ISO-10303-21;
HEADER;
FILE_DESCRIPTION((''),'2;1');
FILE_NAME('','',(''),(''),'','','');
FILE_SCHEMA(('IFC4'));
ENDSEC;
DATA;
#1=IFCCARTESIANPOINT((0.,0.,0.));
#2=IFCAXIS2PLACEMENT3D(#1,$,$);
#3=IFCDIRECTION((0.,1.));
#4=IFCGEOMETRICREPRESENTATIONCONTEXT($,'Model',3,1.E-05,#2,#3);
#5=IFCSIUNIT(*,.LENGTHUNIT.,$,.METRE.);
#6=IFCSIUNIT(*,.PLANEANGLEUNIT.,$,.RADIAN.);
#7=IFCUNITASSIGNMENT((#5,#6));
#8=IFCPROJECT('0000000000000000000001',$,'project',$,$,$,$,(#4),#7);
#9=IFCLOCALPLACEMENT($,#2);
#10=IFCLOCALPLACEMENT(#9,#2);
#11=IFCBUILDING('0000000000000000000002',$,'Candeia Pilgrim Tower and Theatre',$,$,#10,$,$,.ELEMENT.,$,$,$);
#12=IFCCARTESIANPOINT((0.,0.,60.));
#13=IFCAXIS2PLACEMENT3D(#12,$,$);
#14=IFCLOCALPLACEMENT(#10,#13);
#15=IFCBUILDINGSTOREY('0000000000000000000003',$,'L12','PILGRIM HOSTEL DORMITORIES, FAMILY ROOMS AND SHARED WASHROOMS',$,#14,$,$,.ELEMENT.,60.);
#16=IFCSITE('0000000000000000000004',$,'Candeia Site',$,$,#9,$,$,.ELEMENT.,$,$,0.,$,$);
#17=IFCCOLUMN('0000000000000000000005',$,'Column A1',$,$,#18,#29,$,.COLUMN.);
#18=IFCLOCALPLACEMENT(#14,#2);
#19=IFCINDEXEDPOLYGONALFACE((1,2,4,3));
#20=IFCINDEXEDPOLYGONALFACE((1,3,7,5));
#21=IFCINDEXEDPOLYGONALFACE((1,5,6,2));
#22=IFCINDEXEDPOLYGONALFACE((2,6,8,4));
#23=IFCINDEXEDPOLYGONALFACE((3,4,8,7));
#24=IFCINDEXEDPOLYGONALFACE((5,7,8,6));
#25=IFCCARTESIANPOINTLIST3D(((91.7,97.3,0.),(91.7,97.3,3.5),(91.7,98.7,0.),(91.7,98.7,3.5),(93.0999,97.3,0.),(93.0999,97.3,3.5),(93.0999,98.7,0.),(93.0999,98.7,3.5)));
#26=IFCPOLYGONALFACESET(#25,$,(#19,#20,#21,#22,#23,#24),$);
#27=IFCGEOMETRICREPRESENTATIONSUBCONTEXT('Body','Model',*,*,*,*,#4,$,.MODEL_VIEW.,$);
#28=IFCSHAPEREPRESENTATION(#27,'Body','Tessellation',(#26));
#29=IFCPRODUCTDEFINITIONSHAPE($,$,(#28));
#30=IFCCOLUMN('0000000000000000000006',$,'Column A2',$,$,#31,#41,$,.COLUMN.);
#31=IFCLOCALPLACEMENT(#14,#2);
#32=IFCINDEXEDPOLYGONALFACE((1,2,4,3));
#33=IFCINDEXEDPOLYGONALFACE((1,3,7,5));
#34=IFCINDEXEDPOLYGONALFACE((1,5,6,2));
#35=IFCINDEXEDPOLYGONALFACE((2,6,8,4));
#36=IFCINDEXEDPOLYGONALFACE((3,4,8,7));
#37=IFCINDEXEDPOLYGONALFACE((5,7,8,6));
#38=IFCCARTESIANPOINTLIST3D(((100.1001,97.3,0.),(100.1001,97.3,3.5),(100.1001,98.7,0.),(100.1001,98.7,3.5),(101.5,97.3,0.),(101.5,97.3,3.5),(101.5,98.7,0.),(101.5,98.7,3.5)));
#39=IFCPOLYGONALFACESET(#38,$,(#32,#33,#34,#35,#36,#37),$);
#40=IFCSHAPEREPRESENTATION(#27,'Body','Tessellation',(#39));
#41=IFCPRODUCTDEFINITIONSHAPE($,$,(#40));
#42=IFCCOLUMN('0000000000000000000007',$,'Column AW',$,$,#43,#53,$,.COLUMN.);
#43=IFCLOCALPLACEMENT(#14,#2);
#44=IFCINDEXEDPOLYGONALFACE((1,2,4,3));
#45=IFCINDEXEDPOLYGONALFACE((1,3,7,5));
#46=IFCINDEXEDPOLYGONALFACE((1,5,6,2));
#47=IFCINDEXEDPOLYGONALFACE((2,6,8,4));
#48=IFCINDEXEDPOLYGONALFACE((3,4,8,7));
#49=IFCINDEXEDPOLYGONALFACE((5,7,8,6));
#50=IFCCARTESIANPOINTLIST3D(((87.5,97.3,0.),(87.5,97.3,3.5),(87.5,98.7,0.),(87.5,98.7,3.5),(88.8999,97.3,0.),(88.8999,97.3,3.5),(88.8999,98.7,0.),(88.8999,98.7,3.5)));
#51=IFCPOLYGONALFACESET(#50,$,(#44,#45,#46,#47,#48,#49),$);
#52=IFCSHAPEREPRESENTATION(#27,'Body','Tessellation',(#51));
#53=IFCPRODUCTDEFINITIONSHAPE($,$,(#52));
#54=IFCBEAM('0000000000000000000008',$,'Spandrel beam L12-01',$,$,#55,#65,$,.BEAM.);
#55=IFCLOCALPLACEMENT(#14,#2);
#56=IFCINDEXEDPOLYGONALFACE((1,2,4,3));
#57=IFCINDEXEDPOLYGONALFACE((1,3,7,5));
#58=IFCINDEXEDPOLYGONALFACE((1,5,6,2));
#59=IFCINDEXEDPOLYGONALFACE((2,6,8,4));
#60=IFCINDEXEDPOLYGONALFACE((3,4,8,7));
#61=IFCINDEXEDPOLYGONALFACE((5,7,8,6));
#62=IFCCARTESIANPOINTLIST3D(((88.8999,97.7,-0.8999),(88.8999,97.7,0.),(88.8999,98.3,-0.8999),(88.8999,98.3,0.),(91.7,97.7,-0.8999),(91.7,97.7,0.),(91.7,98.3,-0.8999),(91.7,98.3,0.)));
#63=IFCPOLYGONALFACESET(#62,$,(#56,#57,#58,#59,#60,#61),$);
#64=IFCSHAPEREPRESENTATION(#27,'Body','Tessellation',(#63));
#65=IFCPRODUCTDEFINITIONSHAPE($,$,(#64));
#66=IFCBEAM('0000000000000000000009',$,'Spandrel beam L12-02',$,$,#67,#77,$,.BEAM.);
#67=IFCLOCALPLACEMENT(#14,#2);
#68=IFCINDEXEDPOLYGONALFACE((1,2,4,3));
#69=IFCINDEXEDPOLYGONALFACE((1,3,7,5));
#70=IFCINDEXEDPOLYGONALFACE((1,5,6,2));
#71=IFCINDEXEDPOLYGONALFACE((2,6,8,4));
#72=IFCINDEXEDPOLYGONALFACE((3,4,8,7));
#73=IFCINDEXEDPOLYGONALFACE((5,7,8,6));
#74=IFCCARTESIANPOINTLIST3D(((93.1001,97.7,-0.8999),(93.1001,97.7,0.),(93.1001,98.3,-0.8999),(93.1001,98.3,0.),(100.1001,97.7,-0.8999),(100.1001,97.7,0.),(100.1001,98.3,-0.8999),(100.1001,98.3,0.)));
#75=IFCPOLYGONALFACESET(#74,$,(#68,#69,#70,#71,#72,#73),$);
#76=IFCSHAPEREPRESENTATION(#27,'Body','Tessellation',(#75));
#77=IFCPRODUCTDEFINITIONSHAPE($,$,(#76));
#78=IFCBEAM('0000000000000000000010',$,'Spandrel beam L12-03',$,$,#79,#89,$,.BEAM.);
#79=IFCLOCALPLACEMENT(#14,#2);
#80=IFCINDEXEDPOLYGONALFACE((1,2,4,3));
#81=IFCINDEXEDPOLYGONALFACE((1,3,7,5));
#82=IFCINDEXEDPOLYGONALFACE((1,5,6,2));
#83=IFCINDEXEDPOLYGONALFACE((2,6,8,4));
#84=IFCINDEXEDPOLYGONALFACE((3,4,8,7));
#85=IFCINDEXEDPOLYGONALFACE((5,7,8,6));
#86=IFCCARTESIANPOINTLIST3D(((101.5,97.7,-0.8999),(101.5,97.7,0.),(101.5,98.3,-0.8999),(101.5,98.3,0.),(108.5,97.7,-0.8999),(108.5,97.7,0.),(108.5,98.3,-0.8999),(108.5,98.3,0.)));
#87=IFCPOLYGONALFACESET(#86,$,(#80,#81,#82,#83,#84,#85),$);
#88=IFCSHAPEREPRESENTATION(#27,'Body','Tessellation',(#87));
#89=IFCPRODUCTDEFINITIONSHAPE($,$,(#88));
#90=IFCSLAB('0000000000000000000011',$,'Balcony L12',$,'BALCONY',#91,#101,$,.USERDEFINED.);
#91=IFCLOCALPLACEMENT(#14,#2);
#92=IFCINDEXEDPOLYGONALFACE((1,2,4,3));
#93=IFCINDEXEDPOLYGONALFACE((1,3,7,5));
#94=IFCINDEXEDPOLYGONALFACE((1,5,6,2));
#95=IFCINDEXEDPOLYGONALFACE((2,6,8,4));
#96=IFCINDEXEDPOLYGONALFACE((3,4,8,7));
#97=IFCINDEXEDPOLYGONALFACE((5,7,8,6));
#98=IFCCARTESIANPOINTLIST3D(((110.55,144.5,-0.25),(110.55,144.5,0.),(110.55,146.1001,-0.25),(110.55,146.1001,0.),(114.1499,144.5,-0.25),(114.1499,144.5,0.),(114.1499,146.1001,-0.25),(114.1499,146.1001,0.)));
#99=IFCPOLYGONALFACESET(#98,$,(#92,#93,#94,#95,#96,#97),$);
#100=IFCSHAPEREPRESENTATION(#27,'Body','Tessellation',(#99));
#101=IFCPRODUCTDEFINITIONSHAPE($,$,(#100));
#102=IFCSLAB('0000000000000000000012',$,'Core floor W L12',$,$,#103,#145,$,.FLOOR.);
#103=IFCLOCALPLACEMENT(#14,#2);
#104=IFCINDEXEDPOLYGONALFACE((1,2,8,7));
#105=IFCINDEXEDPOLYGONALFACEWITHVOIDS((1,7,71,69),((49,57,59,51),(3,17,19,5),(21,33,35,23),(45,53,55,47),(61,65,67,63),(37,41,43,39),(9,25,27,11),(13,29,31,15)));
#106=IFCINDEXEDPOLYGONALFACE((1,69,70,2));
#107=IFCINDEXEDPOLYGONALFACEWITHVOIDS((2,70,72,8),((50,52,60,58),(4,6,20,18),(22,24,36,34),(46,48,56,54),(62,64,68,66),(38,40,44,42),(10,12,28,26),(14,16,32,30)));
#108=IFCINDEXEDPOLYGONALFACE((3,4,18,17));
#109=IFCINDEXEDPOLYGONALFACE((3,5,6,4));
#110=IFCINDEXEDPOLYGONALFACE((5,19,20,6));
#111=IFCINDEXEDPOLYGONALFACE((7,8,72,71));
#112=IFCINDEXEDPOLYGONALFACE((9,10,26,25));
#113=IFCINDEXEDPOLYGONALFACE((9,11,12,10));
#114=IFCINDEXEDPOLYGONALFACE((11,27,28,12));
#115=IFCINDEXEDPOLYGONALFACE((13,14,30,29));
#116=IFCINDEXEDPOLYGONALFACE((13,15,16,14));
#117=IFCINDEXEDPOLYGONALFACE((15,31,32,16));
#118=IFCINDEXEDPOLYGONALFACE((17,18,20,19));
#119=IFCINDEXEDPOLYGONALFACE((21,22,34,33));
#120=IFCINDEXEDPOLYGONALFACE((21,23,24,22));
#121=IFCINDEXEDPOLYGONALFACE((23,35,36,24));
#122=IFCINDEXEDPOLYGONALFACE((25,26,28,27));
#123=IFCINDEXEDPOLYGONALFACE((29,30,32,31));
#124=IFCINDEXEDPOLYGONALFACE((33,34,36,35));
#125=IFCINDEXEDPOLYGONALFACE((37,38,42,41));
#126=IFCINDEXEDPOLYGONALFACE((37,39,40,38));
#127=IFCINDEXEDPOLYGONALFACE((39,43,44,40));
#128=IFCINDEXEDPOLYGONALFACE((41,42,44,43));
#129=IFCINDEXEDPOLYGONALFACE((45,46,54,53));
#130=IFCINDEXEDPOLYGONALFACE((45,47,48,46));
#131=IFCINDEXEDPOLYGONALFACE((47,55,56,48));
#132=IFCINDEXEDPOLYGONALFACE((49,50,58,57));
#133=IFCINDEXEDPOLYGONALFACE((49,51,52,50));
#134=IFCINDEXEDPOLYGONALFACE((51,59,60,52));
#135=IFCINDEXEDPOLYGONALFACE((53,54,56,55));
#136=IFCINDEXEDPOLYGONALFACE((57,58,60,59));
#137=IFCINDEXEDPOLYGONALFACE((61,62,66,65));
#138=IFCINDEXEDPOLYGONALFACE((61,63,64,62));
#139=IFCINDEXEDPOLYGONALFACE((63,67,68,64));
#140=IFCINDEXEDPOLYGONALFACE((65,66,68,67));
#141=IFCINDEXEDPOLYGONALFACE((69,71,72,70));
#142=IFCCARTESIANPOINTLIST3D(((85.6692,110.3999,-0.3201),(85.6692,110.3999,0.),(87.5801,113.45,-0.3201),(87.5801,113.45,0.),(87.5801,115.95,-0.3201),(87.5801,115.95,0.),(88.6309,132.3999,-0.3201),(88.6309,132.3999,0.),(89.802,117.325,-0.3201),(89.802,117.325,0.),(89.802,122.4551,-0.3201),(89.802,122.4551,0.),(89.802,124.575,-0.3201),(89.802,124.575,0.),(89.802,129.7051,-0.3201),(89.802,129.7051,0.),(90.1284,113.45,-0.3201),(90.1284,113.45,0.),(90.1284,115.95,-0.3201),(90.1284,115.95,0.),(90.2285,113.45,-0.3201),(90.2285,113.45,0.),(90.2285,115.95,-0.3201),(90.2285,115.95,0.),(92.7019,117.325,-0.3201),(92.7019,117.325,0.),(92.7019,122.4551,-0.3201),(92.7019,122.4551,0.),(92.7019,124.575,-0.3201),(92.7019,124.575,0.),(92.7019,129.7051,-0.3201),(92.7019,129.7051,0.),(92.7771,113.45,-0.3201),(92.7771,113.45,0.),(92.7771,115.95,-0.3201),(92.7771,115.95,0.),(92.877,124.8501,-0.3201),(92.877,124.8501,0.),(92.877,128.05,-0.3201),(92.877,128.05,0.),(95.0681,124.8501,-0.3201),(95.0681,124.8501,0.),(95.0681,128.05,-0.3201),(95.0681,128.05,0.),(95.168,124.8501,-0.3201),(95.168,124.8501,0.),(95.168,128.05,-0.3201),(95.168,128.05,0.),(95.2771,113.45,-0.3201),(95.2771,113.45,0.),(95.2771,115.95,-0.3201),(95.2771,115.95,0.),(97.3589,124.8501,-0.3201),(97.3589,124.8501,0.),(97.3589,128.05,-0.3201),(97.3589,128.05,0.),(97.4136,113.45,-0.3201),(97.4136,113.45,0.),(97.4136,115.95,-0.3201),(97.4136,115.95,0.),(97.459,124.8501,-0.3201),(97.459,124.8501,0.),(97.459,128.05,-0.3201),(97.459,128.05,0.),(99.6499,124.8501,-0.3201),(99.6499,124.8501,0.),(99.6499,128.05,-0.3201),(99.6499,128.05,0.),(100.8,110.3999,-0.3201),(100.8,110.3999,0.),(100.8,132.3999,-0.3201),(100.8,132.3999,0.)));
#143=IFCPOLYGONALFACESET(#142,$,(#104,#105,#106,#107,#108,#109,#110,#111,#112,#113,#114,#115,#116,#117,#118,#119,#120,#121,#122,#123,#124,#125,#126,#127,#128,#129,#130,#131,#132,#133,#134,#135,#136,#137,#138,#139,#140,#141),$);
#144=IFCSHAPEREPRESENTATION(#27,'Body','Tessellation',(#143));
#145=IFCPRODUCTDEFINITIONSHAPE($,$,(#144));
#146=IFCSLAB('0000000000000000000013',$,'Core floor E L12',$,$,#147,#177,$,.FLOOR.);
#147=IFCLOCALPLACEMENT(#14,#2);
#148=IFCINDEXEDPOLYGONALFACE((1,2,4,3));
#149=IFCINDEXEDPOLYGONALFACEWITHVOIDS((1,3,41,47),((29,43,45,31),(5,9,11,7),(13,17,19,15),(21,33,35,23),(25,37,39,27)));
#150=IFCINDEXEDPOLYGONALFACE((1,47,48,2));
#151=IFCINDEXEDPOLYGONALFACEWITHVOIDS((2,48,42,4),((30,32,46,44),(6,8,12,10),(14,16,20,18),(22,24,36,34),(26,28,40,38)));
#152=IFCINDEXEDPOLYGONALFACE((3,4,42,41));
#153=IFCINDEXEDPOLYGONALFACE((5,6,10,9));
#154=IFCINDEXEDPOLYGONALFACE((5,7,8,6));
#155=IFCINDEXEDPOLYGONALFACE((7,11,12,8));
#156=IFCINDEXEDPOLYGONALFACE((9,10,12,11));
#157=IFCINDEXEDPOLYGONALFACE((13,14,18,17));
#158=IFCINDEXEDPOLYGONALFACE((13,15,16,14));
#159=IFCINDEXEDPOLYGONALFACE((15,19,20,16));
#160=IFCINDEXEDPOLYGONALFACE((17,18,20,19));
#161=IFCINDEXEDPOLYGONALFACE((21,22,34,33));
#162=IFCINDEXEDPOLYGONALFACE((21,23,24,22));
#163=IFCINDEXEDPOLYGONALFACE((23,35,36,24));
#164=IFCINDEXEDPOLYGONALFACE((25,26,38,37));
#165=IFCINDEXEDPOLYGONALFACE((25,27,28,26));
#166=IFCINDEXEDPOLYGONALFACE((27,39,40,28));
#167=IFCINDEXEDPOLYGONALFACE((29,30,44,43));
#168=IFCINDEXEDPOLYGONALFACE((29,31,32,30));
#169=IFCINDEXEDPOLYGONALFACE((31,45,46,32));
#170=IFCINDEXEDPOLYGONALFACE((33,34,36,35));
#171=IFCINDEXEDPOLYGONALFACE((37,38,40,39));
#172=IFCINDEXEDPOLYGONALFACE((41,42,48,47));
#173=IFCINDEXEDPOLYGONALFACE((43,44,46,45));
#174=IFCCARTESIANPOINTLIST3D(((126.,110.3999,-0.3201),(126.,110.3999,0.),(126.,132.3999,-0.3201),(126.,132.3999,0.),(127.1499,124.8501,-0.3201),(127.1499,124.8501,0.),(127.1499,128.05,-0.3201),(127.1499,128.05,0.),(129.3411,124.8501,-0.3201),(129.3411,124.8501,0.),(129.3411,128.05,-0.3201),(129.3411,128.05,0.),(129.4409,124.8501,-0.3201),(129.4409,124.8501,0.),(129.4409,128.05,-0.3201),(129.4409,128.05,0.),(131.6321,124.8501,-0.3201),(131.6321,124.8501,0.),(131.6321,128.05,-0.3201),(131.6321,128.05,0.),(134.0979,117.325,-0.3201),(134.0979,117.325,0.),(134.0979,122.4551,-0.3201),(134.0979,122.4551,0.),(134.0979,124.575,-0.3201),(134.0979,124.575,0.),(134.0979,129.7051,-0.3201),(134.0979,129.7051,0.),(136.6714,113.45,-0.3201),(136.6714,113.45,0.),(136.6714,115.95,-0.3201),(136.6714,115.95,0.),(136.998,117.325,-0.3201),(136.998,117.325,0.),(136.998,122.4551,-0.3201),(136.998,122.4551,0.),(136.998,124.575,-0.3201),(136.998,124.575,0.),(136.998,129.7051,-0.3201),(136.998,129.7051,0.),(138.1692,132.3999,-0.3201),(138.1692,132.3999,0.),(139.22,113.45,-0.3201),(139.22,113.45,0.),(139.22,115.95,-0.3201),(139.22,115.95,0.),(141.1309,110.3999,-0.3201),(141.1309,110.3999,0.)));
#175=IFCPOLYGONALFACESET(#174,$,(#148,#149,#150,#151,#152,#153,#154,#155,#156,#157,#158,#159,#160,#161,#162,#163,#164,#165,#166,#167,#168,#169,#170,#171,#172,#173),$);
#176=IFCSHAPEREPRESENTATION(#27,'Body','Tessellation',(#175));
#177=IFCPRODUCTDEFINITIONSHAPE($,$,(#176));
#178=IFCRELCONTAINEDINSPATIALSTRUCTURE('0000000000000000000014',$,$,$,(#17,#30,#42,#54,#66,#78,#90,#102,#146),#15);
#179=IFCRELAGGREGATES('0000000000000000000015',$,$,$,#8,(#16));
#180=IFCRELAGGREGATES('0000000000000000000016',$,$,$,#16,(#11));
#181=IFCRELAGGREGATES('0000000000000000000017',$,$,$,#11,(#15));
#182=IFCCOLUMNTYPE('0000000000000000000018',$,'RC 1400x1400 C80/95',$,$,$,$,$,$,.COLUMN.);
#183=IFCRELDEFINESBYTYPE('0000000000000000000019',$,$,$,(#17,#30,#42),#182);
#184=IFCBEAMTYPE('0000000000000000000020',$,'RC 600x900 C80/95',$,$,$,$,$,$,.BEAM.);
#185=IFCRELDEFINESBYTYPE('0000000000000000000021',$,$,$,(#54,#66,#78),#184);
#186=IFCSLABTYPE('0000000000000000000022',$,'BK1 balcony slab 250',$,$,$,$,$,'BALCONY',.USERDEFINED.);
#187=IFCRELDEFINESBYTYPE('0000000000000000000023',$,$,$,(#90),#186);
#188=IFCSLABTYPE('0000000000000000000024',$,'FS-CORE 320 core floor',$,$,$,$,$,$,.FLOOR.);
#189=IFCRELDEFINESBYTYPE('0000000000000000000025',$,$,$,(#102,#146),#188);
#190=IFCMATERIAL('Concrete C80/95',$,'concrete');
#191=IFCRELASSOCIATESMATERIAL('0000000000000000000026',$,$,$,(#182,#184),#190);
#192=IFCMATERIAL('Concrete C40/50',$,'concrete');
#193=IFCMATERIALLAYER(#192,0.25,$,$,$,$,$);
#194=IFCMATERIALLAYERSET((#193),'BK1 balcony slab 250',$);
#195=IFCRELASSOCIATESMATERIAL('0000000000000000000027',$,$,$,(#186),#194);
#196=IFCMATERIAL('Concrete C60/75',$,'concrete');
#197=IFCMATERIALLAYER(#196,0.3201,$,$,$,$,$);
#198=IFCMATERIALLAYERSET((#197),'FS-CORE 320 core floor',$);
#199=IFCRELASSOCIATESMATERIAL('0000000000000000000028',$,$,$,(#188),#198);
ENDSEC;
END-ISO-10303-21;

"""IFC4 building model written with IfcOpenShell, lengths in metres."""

from ifc_helpers import new_model, si_unit, direction, frame, origin, origin_2d, place, context, subcontext, project, spatial, polyline, rectangle, outline, extrude, material, layer, layer_set, material_profile, profile_set, type_object, element, save


model = new_model("IFC4")

# Units and contexts
model_context = context("Model", 3, precision=1e-05, world=origin(), true_north=direction((0.0, 1.0)))
body_context = subcontext(model_context, "Body", "Model", "MODEL_VIEW")
ifc_project = project(units=[si_unit("LENGTHUNIT", "METRE"), si_unit("PLANEANGLEUNIT", "RADIAN")], contexts=[model_context])

# Site, building, storey
site_placement = place(None, origin())
site = spatial("IfcSite", under=ifc_project, at=site_placement, Name="Candeia Site", CompositionType="ELEMENT", RefElevation=0.0)
building_placement = place(site_placement, origin())
building = spatial("IfcBuilding", under=site, at=building_placement, Name="Candeia Pilgrim Tower and Theatre", CompositionType="ELEMENT")
storey_placement = place(building_placement, frame((0.0, 0.0, 60.0)))
storey = spatial("IfcBuildingStorey", under=building, at=storey_placement, Name="L12", Description="PILGRIM HOSTEL DORMITORIES, FAMILY ROOMS AND SHARED WASHROOMS", CompositionType="ELEMENT", Elevation=60.0)

# Columns
ifc_material_1 = material(Name="Concrete C80/95", Category="concrete")
ifc_material_profile_1 = material_profile(ifc_material_1, rectangle(XDim=1.3999, YDim=1.3999, at=origin_2d()))
ifc_profile_set_1 = profile_set([ifc_material_profile_1], Name="Concrete C80/95")
column_type = type_object("IfcColumnType", Name="RC 1400x1400 C80/95", PredefinedType="COLUMN", material=ifc_profile_set_1)
for number, where, z_axis, x_axis, name in (
    (1, (92.3999, 98.0, 0.0), (0.0, 0.0, 1.0), (1.0, 0.0, 0.0), "Column A1"),
    (2, (100.8, 98.0, 0.0), (0.0, 0.0, 1.0), (1.0, 0.0, 0.0), "Column A2"),
    (3, (88.2, 98.0, 0.0), (0.0, 0.0, 1.0), (1.0, 0.0, 0.0), "Column AW"),
):
    element("IfcColumn", number, at=place(storey_placement, frame(where, z_axis=z_axis, x_axis=x_axis)), inside=storey, type_object=column_type, Name=name, PredefinedType="COLUMN", context=body_context, shape_type="SweptSolid", body=[
        extrude(rectangle(XDim=1.3999, YDim=1.3999, at=origin_2d()), origin(), (0.0, 0.0, 1.0), 3.5),
    ])

# Beams
ifc_material_profile_2 = material_profile(ifc_material_1, rectangle(XDim=0.6001, YDim=0.8999, at=origin_2d()))
ifc_profile_set_2 = profile_set([ifc_material_profile_2], Name="Concrete C80/95")
beam_type = type_object("IfcBeamType", Name="RC 600x900 C80/95", PredefinedType="BEAM", material=ifc_profile_set_2)
beam_placement = place(storey_placement, frame((88.8999, 98.0, -0.45), z_axis=(1.0, 0.0, 0.0), x_axis=(0.0, 1.0, 0.0)))
element("IfcBeam", 4, at=beam_placement, inside=storey, type_object=beam_type, Name="Spandrel beam L12-01", PredefinedType="BEAM", context=body_context, shape_type="SweptSolid", body=[
    extrude(rectangle(XDim=0.6001, YDim=0.8999, at=origin_2d()), origin(), (0.0, 0.0, 1.0), 2.8),
])
for number, where, z_axis, x_axis, name in (
    (5, (93.1001, 98.0, -0.45), (1.0, 0.0, 0.0), (0.0, 1.0, 0.0), "Spandrel beam L12-02"),
    (6, (101.5, 98.0, -0.45), (1.0, 0.0, 0.0), (0.0, 1.0, 0.0), "Spandrel beam L12-03"),
):
    element("IfcBeam", number, at=place(storey_placement, frame(where, z_axis=z_axis, x_axis=x_axis)), inside=storey, type_object=beam_type, Name=name, PredefinedType="BEAM", context=body_context, shape_type="SweptSolid", body=[
        extrude(rectangle(XDim=0.6001, YDim=0.8999, at=origin_2d()), origin(), (0.0, 0.0, 1.0), 7.0),
    ])

# Slabs
ifc_material_2 = material(Name="Concrete C40/50", Category="concrete")
ifc_layer_1 = layer(ifc_material_2, 0.25)
ifc_layer_set_1 = layer_set([ifc_layer_1], Name="BK1 balcony slab 250")
slab_type_1 = type_object("IfcSlabType", Name="BK1 balcony slab 250", ElementType="BALCONY", PredefinedType="USERDEFINED", material=ifc_layer_set_1)
slab_1_placement = place(storey_placement, frame((0.0, 0.0, -0.25)))
element("IfcSlab", 7, at=slab_1_placement, inside=storey, type_object=slab_type_1, Name="Balcony L12", ObjectType="BALCONY", PredefinedType="USERDEFINED", context=body_context, shape_type="SweptSolid", body=[
    extrude(outline(polyline([(110.55, 144.5), (114.1499, 144.5), (114.1499, 146.1001), (110.55, 146.1001), (110.55, 144.5)])), origin(), (0.0, 0.0, 1.0), 0.25),
])
ifc_material_3 = material(Name="Concrete C60/75", Category="concrete")
ifc_layer_2 = layer(ifc_material_3, 0.3201)
ifc_layer_set_2 = layer_set([ifc_layer_2], Name="FS-CORE 320 core floor")
slab_type_2 = type_object("IfcSlabType", Name="FS-CORE 320 core floor", PredefinedType="FLOOR", material=ifc_layer_set_2)
slab_2_placement = place(storey_placement, frame((0.0, 0.0, -0.3201)))
element("IfcSlab", 8, at=slab_2_placement, inside=storey, type_object=slab_type_2, Name="Core floor W L12", PredefinedType="FLOOR", context=body_context, shape_type="SweptSolid", body=[
    extrude(outline(polyline([(100.8, 132.3999), (100.8, 110.3999), (85.6692, 110.3999), (88.6309, 132.3999), (100.8, 132.3999)]), holes=[polyline([(97.459, 128.05), (97.459, 124.8501), (99.6499, 124.8501), (99.6499, 128.05), (97.459, 128.05)]), polyline([(95.2771, 115.95), (95.2771, 113.45), (97.4136, 113.45), (97.4136, 115.95), (95.2771, 115.95)]), polyline([(95.168, 128.05), (95.168, 124.8501), (97.3589, 124.8501), (97.3589, 128.05), (95.168, 128.05)]), polyline([(92.877, 128.05), (92.877, 124.8501), (95.0681, 124.8501), (95.0681, 128.05), (92.877, 128.05)]), polyline([(90.2285, 115.95), (90.2285, 113.45), (92.7771, 113.45), (92.7771, 115.95), (90.2285, 115.95)]), polyline([(89.802, 122.4551), (89.802, 117.325), (92.7019, 117.325), (92.7019, 122.4551), (89.802, 122.4551)]), polyline([(89.802, 129.7051), (89.802, 124.575), (92.7019, 124.575), (92.7019, 129.7051), (89.802, 129.7051)]), polyline([(87.5801, 115.95), (87.5801, 113.45), (90.1284, 113.45), (90.1284, 115.95), (87.5801, 115.95)])]), origin(), (0.0, 0.0, 1.0), 0.3201),
])
slab_3_placement = place(storey_placement, frame((0.0, 0.0, -0.3201)))
element("IfcSlab", 9, at=slab_3_placement, inside=storey, type_object=slab_type_2, Name="Core floor E L12", PredefinedType="FLOOR", context=body_context, shape_type="SweptSolid", body=[
    extrude(outline(polyline([(138.1692, 132.3999), (141.1309, 110.3999), (126.0, 110.3999), (126.0, 132.3999), (138.1692, 132.3999)]), holes=[polyline([(136.6714, 115.95), (136.6714, 113.45), (139.22, 113.45), (139.22, 115.95), (136.6714, 115.95)]), polyline([(134.0979, 117.325), (136.998, 117.325), (136.998, 122.4551), (134.0979, 122.4551), (134.0979, 117.325)]), polyline([(134.0979, 129.7051), (134.0979, 124.575), (136.998, 124.575), (136.998, 129.7051), (134.0979, 129.7051)]), polyline([(131.6321, 128.05), (129.4409, 128.05), (129.4409, 124.8501), (131.6321, 124.8501), (131.6321, 128.05)]), polyline([(127.1499, 128.05), (127.1499, 124.8501), (129.3411, 124.8501), (129.3411, 128.05), (127.1499, 128.05)])]), origin(), (0.0, 0.0, 1.0), 0.3201),
])

save(model, "model.ifc")
